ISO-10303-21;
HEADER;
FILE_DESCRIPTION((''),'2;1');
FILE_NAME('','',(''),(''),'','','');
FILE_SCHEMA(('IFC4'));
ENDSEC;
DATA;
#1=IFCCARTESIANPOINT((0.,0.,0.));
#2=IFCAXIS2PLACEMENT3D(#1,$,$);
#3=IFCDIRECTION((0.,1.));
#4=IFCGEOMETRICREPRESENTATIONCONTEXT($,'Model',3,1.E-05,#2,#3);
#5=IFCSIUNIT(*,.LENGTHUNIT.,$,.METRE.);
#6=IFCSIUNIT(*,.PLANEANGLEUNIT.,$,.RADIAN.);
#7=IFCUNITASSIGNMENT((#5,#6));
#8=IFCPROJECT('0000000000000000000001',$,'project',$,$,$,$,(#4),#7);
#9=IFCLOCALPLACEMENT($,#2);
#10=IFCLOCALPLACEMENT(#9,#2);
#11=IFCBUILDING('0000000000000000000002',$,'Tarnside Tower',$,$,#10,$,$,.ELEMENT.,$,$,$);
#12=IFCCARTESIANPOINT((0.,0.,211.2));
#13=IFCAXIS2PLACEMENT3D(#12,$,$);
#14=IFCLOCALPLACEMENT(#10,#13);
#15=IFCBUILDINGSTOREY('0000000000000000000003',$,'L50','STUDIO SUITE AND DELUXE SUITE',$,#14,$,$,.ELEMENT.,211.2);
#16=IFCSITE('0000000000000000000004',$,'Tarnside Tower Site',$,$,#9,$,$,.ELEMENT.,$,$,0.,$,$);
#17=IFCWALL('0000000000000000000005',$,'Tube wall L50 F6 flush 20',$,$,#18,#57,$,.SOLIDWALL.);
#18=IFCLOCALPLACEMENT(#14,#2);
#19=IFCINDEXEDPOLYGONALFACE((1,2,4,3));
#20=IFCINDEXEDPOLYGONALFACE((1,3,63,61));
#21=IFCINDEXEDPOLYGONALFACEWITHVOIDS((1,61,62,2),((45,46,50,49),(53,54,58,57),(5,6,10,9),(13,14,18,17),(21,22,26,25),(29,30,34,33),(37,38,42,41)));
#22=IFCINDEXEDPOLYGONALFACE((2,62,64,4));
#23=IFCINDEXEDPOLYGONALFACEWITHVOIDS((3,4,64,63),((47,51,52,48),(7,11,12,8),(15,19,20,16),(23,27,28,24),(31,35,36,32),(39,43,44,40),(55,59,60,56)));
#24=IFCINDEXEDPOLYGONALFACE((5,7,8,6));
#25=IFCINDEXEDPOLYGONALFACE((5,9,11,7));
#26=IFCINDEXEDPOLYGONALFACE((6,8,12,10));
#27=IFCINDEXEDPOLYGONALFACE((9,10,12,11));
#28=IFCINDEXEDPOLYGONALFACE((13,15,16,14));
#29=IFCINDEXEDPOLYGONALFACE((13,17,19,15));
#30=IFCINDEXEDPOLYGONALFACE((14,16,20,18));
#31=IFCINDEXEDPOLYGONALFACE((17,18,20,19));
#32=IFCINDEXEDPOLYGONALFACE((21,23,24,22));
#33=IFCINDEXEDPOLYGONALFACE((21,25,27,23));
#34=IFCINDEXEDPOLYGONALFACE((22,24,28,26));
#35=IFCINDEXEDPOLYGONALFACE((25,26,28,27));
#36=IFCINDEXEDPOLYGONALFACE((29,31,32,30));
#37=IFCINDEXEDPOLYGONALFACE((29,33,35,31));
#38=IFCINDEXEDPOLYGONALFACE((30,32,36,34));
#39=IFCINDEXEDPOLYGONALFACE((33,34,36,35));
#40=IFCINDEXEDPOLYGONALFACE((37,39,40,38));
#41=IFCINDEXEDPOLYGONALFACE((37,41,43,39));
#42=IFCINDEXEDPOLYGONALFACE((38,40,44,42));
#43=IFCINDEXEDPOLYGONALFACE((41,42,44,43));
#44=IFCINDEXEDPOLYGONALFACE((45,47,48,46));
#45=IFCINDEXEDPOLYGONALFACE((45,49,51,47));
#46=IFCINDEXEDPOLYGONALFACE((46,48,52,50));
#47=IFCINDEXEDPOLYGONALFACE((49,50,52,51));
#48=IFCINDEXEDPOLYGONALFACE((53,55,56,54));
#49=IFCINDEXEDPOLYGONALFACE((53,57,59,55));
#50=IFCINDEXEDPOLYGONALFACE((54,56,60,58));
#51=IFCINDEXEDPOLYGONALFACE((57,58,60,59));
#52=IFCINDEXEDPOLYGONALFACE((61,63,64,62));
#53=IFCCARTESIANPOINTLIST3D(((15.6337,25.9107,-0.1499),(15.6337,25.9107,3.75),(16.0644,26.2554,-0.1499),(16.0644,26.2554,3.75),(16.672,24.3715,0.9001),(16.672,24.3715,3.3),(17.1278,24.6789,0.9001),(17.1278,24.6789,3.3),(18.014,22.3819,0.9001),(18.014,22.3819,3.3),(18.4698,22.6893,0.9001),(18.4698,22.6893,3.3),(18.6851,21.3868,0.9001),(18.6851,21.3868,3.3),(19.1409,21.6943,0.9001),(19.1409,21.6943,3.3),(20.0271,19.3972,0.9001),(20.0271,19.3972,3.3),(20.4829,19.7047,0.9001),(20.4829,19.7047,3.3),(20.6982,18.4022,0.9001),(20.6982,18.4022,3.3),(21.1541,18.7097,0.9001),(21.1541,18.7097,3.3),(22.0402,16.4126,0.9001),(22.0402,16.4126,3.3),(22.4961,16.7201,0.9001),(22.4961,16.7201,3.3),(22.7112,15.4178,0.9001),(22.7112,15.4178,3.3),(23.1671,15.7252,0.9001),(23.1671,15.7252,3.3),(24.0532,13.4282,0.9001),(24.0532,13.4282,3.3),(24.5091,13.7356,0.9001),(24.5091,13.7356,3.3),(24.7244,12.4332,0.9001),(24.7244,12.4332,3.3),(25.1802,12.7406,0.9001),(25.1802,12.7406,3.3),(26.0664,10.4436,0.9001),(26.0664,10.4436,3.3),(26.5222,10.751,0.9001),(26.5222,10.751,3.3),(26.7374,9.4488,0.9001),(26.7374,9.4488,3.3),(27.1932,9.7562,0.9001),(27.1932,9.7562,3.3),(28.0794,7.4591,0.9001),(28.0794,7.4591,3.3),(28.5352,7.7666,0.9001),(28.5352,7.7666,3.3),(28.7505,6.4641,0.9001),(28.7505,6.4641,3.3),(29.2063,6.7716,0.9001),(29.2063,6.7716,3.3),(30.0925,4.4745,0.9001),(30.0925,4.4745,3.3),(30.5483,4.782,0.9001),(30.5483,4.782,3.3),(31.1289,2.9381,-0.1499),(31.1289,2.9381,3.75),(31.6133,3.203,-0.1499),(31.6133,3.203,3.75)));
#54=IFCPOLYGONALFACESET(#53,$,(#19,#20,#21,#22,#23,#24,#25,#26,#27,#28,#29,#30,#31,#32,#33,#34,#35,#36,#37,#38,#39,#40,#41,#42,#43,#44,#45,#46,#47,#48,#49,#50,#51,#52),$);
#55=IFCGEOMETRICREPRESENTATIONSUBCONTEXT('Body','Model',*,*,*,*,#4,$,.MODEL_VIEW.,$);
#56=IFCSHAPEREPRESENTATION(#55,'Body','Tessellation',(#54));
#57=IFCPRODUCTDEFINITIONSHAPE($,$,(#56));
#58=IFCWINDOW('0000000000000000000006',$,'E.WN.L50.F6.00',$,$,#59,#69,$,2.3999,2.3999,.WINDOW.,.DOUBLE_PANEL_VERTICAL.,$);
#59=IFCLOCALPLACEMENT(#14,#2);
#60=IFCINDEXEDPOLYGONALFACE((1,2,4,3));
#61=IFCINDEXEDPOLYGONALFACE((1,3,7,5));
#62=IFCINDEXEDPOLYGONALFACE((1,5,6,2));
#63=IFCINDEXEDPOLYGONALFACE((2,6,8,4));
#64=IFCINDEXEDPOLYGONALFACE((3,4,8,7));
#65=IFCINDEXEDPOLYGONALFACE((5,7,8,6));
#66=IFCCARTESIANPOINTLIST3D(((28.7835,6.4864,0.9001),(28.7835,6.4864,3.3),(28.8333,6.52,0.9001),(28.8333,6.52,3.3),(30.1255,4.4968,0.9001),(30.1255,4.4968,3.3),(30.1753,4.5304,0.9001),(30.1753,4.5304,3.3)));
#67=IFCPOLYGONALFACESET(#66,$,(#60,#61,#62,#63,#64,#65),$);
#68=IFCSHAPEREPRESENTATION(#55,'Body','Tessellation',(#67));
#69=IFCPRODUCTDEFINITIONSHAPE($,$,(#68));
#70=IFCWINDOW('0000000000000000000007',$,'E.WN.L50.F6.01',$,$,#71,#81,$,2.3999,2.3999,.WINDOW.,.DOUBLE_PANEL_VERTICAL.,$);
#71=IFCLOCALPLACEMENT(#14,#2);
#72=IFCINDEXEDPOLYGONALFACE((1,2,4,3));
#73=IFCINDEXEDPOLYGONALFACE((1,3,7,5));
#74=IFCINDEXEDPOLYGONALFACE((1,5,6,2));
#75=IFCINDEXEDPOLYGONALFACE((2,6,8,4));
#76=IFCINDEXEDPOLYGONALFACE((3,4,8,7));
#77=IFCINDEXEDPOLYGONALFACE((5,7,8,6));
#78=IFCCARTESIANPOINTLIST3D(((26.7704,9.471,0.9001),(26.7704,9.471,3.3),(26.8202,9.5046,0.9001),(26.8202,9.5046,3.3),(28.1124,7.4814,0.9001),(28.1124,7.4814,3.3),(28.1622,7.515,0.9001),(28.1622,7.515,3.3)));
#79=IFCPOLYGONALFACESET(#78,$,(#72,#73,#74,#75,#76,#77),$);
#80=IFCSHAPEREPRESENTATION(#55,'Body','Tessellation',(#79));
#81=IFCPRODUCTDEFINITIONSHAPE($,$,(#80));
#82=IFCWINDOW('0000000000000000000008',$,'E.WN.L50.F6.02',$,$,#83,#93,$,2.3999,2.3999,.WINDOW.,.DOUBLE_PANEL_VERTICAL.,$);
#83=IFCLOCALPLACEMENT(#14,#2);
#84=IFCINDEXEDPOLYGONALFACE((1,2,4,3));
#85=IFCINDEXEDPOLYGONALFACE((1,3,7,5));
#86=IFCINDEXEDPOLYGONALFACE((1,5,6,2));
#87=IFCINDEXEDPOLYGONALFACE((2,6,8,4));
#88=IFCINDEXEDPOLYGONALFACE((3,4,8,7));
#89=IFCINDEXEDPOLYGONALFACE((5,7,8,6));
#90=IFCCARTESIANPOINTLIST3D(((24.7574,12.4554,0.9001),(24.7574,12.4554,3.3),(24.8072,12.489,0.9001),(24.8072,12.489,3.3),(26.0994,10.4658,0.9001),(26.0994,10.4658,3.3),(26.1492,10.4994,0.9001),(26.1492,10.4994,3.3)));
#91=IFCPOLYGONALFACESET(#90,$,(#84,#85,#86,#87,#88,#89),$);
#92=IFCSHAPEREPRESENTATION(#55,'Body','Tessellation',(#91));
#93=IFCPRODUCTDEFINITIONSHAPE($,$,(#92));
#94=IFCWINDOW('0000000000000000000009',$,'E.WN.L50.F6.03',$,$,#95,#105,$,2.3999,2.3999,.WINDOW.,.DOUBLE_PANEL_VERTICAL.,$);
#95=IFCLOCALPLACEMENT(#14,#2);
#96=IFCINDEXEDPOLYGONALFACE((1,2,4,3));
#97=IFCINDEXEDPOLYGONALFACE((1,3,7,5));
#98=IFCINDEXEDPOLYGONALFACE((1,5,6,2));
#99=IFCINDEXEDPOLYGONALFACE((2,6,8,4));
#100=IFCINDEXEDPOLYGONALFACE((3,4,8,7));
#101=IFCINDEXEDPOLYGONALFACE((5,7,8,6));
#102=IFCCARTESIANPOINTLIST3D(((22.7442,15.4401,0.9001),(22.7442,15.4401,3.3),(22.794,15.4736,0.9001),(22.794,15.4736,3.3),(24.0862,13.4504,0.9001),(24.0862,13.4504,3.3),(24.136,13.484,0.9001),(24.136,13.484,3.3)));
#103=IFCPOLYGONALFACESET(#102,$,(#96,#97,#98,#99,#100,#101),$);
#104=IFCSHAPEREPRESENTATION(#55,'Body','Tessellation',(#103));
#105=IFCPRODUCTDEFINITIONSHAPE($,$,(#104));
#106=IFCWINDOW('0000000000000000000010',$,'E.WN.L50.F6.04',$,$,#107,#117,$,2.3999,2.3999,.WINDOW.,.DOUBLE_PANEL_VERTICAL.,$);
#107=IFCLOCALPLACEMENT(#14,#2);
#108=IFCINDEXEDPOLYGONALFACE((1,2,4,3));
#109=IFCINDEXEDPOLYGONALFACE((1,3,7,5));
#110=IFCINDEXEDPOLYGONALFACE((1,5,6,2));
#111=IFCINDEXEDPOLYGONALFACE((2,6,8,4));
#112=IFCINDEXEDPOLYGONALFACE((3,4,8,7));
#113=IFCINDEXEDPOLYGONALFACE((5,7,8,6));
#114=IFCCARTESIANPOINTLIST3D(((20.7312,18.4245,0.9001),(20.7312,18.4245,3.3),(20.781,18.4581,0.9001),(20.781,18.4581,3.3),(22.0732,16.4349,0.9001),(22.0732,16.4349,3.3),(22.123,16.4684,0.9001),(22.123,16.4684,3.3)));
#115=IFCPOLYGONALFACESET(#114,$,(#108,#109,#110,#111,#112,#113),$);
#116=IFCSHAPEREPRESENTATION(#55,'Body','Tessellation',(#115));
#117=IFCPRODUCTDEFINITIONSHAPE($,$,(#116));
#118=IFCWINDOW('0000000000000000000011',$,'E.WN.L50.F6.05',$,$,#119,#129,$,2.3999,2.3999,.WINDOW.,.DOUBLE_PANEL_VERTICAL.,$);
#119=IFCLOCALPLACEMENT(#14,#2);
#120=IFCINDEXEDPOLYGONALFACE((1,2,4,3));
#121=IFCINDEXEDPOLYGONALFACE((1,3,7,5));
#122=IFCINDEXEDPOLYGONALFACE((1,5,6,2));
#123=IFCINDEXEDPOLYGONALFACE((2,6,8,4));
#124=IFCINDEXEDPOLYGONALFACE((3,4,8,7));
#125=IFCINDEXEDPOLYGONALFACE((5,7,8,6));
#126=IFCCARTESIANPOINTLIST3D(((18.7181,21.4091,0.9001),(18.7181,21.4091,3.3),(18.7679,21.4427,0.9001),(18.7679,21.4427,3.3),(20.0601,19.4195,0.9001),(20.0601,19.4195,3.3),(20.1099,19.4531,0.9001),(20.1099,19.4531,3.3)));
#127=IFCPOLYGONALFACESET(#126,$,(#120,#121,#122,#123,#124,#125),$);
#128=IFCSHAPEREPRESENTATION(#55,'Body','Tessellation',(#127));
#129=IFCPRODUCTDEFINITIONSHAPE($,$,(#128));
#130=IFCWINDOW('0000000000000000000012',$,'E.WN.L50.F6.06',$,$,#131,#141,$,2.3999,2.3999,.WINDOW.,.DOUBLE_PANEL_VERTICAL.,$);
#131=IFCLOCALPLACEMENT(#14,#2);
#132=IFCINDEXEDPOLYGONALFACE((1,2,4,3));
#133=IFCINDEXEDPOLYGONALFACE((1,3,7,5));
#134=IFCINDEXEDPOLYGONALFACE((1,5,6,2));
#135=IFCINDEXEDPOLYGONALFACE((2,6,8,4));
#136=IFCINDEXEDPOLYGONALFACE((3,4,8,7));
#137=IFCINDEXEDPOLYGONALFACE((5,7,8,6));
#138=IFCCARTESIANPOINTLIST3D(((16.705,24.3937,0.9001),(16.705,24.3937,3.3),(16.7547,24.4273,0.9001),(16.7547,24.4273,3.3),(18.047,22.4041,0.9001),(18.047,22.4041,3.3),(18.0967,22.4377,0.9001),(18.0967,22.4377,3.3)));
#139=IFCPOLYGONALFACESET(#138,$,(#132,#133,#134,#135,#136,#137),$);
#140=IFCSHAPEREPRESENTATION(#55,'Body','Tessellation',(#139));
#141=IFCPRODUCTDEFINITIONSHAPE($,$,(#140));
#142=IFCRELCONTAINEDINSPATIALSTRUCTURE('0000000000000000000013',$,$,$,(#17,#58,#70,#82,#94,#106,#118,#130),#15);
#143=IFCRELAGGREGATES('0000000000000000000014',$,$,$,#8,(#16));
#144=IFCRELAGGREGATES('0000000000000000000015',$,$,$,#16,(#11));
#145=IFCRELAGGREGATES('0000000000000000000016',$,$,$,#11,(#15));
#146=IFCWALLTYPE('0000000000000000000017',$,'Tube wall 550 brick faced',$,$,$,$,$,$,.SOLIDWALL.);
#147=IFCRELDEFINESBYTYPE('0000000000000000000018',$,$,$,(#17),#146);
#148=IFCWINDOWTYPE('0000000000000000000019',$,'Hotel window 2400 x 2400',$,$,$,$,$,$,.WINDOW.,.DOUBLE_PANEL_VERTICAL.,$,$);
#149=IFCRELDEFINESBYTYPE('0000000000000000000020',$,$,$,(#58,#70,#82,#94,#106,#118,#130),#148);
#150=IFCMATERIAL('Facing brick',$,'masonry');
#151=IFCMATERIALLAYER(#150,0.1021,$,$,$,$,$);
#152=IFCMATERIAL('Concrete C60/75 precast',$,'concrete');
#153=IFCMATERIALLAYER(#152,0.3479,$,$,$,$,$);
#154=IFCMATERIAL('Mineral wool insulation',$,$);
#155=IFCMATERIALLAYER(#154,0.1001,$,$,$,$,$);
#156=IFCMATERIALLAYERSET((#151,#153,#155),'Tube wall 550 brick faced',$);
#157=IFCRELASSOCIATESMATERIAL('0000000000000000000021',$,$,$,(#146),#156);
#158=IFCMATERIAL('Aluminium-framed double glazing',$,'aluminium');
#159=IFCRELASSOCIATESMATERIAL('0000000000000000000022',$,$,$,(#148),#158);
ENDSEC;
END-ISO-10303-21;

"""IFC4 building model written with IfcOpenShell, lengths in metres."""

from ifc_helpers import new_model, si_unit, direction, frame, frame_2d, origin, place, context, subcontext, project, spatial, polyline, rectangle, outline, extrude, material, layer, layer_set, type_object, element, fill, save


model = new_model("IFC4")

# Units and contexts
model_context = context("Model", 3, precision=1e-05, world=origin(), true_north=direction((0.0, 1.0)))
body_context = subcontext(model_context, "Body", "Model", "MODEL_VIEW")
ifc_project = project(units=[si_unit("LENGTHUNIT", "METRE"), si_unit("PLANEANGLEUNIT", "RADIAN")], contexts=[model_context])

# Site, building, storey
site_placement = place(None, origin())
site = spatial("IfcSite", under=ifc_project, at=site_placement, Name="Tarnside Tower Site", CompositionType="ELEMENT", RefElevation=0.0)
building_placement = place(site_placement, origin())
building = spatial("IfcBuilding", under=site, at=building_placement, Name="Tarnside Tower", CompositionType="ELEMENT")
storey_placement = place(building_placement, frame((0.0, 0.0, 211.2)))
storey = spatial("IfcBuildingStorey", under=building, at=storey_placement, Name="L50", Description="STUDIO SUITE AND DELUXE SUITE", CompositionType="ELEMENT", Elevation=211.2)

# Shared definitions
ifc_material_1 = material(Name="Facing brick", Category="masonry")
ifc_layer_1 = layer(ifc_material_1, 0.1021)
ifc_material_2 = material(Name="Concrete C60/75 precast", Category="concrete")
ifc_layer_2 = layer(ifc_material_2, 0.3479)
ifc_material_3 = material(Name="Mineral wool insulation")
ifc_layer_3 = layer(ifc_material_3, 0.1001)
ifc_layer_set_1 = layer_set([ifc_layer_1, ifc_layer_2, ifc_layer_3], Name="Tube wall 550 brick faced")
wall_type_1 = type_object("IfcWallType", Name="Tube wall 550 brick faced", PredefinedType="SOLIDWALL", material=ifc_layer_set_1)

# Wall, openings, windows
wall_1_placement = place(storey_placement, frame((31.3711, 3.0706, -0.1499), z_axis=(0.0, 0.0, 1.0), x_axis=(-0.55919, 0.82904, 0.0)))
wall_1 = element("IfcWall", 1, at=wall_1_placement, inside=storey, type_object=wall_type_1, Name="Tube wall L50 F6 flush 20", PredefinedType="SOLIDWALL", context=body_context, shape_type="SweptSolid", body=[
    extrude(outline(polyline([(-0.0256, -0.2749), (27.7805, -0.2749), (27.7356, 0.2749), (0.0256, 0.2749), (-0.0256, -0.2749)])), origin(), (0.0, 0.0, 1.0), 3.8999),
])
opening_1_placement = place(wall_1_placement, frame((1.8789, 0.0, 1.05)))
opening_1 = element("IfcOpeningElement", 2, at=opening_1_placement, cuts=wall_1, PredefinedType="OPENING", context=body_context, shape_type="SweptSolid", body=[
    extrude(rectangle(XDim=2.3999, YDim=2.3999, at=frame_2d((1.2, 1.2))), frame((0.0, 0.2852, 0.0), z_axis=(0.0, -1.0, 0.0), x_axis=(1.0, 0.0, 0.0)), (0.0, 0.0, 1.0), 0.5701),
])
opening_2_placement = place(wall_1_placement, frame((5.479, 0.0, 1.05)))
opening_2 = element("IfcOpeningElement", 3, at=opening_2_placement, cuts=wall_1, PredefinedType="OPENING", context=body_context, shape_type="SweptSolid", body=[
    extrude(rectangle(XDim=2.3999, YDim=2.3999, at=frame_2d((1.2, 1.2))), frame((0.0, 0.2852, 0.0), z_axis=(0.0, -1.0, 0.0), x_axis=(1.0, 0.0, 0.0)), (0.0, 0.0, 1.0), 0.5701),
])
opening_3_placement = place(wall_1_placement, frame((9.0789, 0.0, 1.05)))
opening_3 = element("IfcOpeningElement", 4, at=opening_3_placement, cuts=wall_1, PredefinedType="OPENING", context=body_context, shape_type="SweptSolid", body=[
    extrude(rectangle(XDim=2.3999, YDim=2.3999, at=frame_2d((1.2, 1.2))), frame((0.0, 0.2852, 0.0), z_axis=(0.0, -1.0, 0.0), x_axis=(1.0, 0.0, 0.0)), (0.0, 0.0, 1.0), 0.5701),
])
opening_4_placement = place(wall_1_placement, frame((12.679, 0.0, 1.05)))
opening_4 = element("IfcOpeningElement", 5, at=opening_4_placement, cuts=wall_1, PredefinedType="OPENING", context=body_context, shape_type="SweptSolid", body=[
    extrude(rectangle(XDim=2.3999, YDim=2.3999, at=frame_2d((1.2, 1.2))), frame((0.0, 0.2852, 0.0), z_axis=(0.0, -1.0, 0.0), x_axis=(1.0, 0.0, 0.0)), (0.0, 0.0, 1.0), 0.5701),
])
opening_5_placement = place(wall_1_placement, frame((16.2788, 0.0, 1.05)))
opening_5 = element("IfcOpeningElement", 6, at=opening_5_placement, cuts=wall_1, PredefinedType="OPENING", context=body_context, shape_type="SweptSolid", body=[
    extrude(rectangle(XDim=2.3999, YDim=2.3999, at=frame_2d((1.2, 1.2))), frame((0.0, 0.2852, 0.0), z_axis=(0.0, -1.0, 0.0), x_axis=(1.0, 0.0, 0.0)), (0.0, 0.0, 1.0), 0.5701),
])
opening_6_placement = place(wall_1_placement, frame((19.8789, 0.0, 1.05)))
opening_6 = element("IfcOpeningElement", 7, at=opening_6_placement, cuts=wall_1, PredefinedType="OPENING", context=body_context, shape_type="SweptSolid", body=[
    extrude(rectangle(XDim=2.3999, YDim=2.3999, at=frame_2d((1.2, 1.2))), frame((0.0, 0.2852, 0.0), z_axis=(0.0, -1.0, 0.0), x_axis=(1.0, 0.0, 0.0)), (0.0, 0.0, 1.0), 0.5701),
])
opening_7_placement = place(wall_1_placement, frame((23.479, 0.0, 1.05)))
opening_7 = element("IfcOpeningElement", 8, at=opening_7_placement, cuts=wall_1, PredefinedType="OPENING", context=body_context, shape_type="SweptSolid", body=[
    extrude(rectangle(XDim=2.3999, YDim=2.3999, at=frame_2d((1.2, 1.2))), frame((0.0, 0.2852, 0.0), z_axis=(0.0, -1.0, 0.0), x_axis=(1.0, 0.0, 0.0)), (0.0, 0.0, 1.0), 0.5701),
])
ifc_material_4 = material(Name="Aluminium-framed double glazing", Category="aluminium")
window_type = type_object("IfcWindowType", Name="Hotel window 2400 x 2400", PartitioningType="DOUBLE_PANEL_VERTICAL", PredefinedType="WINDOW", material=ifc_material_4)
window_1_placement = place(opening_1_placement, frame((0.0, 0.2051, 0.0)))
window_1 = element("IfcWindow", 9, at=window_1_placement, inside=storey, type_object=window_type, Name="E.WN.L50.F6.00", OverallHeight=2.3999, OverallWidth=2.3999, PartitioningType="DOUBLE_PANEL_VERTICAL", PredefinedType="WINDOW", context=body_context, shape_type="SweptSolid", body=[
    extrude(rectangle(XDim=2.3999, YDim=2.3999, at=frame_2d((1.2, 1.2))), frame((0.0, 0.03, 0.0), z_axis=(0.0, -1.0, 0.0), x_axis=(1.0, 0.0, 0.0)), (0.0, 0.0, 1.0), 0.0601),
])
fill(opening_1, window_1)
window_2_placement = place(opening_2_placement, frame((0.0, 0.2051, 0.0)))
window_2 = element("IfcWindow", 10, at=window_2_placement, inside=storey, type_object=window_type, Name="E.WN.L50.F6.01", OverallHeight=2.3999, OverallWidth=2.3999, PartitioningType="DOUBLE_PANEL_VERTICAL", PredefinedType="WINDOW", context=body_context, shape_type="SweptSolid", body=[
    extrude(rectangle(XDim=2.3999, YDim=2.3999, at=frame_2d((1.2, 1.2))), frame((0.0, 0.03, 0.0), z_axis=(0.0, -1.0, 0.0), x_axis=(1.0, 0.0, 0.0)), (0.0, 0.0, 1.0), 0.0601),
])
fill(opening_2, window_2)
window_3_placement = place(opening_3_placement, frame((0.0, 0.2051, 0.0)))
window_3 = element("IfcWindow", 11, at=window_3_placement, inside=storey, type_object=window_type, Name="E.WN.L50.F6.02", OverallHeight=2.3999, OverallWidth=2.3999, PartitioningType="DOUBLE_PANEL_VERTICAL", PredefinedType="WINDOW", context=body_context, shape_type="SweptSolid", body=[
    extrude(rectangle(XDim=2.3999, YDim=2.3999, at=frame_2d((1.2, 1.2))), frame((0.0, 0.03, 0.0), z_axis=(0.0, -1.0, 0.0), x_axis=(1.0, 0.0, 0.0)), (0.0, 0.0, 1.0), 0.0601),
])
fill(opening_3, window_3)
window_4_placement = place(opening_4_placement, frame((0.0, 0.2051, 0.0)))
window_4 = element("IfcWindow", 12, at=window_4_placement, inside=storey, type_object=window_type, Name="E.WN.L50.F6.03", OverallHeight=2.3999, OverallWidth=2.3999, PartitioningType="DOUBLE_PANEL_VERTICAL", PredefinedType="WINDOW", context=body_context, shape_type="SweptSolid", body=[
    extrude(rectangle(XDim=2.3999, YDim=2.3999, at=frame_2d((1.2, 1.2))), frame((0.0, 0.03, 0.0), z_axis=(0.0, -1.0, 0.0), x_axis=(1.0, 0.0, 0.0)), (0.0, 0.0, 1.0), 0.0601),
])
fill(opening_4, window_4)
window_5_placement = place(opening_5_placement, frame((0.0, 0.2051, 0.0)))
window_5 = element("IfcWindow", 13, at=window_5_placement, inside=storey, type_object=window_type, Name="E.WN.L50.F6.04", OverallHeight=2.3999, OverallWidth=2.3999, PartitioningType="DOUBLE_PANEL_VERTICAL", PredefinedType="WINDOW", context=body_context, shape_type="SweptSolid", body=[
    extrude(rectangle(XDim=2.3999, YDim=2.3999, at=frame_2d((1.2, 1.2))), frame((0.0, 0.03, 0.0), z_axis=(0.0, -1.0, 0.0), x_axis=(1.0, 0.0, 0.0)), (0.0, 0.0, 1.0), 0.0601),
])
fill(opening_5, window_5)
window_6_placement = place(opening_6_placement, frame((0.0, 0.2051, 0.0)))
window_6 = element("IfcWindow", 14, at=window_6_placement, inside=storey, type_object=window_type, Name="E.WN.L50.F6.05", OverallHeight=2.3999, OverallWidth=2.3999, PartitioningType="DOUBLE_PANEL_VERTICAL", PredefinedType="WINDOW", context=body_context, shape_type="SweptSolid", body=[
    extrude(rectangle(XDim=2.3999, YDim=2.3999, at=frame_2d((1.2, 1.2))), frame((0.0, 0.03, 0.0), z_axis=(0.0, -1.0, 0.0), x_axis=(1.0, 0.0, 0.0)), (0.0, 0.0, 1.0), 0.0601),
])
fill(opening_6, window_6)
window_7_placement = place(opening_7_placement, frame((0.0, 0.2051, 0.0)))
window_7 = element("IfcWindow", 15, at=window_7_placement, inside=storey, type_object=window_type, Name="E.WN.L50.F6.06", OverallHeight=2.3999, OverallWidth=2.3999, PartitioningType="DOUBLE_PANEL_VERTICAL", PredefinedType="WINDOW", context=body_context, shape_type="SweptSolid", body=[
    extrude(rectangle(XDim=2.3999, YDim=2.3999, at=frame_2d((1.2, 1.2))), frame((0.0, 0.03, 0.0), z_axis=(0.0, -1.0, 0.0), x_axis=(1.0, 0.0, 0.0)), (0.0, 0.0, 1.0), 0.0601),
])
fill(opening_7, window_7)

save(model, "model.ifc")
